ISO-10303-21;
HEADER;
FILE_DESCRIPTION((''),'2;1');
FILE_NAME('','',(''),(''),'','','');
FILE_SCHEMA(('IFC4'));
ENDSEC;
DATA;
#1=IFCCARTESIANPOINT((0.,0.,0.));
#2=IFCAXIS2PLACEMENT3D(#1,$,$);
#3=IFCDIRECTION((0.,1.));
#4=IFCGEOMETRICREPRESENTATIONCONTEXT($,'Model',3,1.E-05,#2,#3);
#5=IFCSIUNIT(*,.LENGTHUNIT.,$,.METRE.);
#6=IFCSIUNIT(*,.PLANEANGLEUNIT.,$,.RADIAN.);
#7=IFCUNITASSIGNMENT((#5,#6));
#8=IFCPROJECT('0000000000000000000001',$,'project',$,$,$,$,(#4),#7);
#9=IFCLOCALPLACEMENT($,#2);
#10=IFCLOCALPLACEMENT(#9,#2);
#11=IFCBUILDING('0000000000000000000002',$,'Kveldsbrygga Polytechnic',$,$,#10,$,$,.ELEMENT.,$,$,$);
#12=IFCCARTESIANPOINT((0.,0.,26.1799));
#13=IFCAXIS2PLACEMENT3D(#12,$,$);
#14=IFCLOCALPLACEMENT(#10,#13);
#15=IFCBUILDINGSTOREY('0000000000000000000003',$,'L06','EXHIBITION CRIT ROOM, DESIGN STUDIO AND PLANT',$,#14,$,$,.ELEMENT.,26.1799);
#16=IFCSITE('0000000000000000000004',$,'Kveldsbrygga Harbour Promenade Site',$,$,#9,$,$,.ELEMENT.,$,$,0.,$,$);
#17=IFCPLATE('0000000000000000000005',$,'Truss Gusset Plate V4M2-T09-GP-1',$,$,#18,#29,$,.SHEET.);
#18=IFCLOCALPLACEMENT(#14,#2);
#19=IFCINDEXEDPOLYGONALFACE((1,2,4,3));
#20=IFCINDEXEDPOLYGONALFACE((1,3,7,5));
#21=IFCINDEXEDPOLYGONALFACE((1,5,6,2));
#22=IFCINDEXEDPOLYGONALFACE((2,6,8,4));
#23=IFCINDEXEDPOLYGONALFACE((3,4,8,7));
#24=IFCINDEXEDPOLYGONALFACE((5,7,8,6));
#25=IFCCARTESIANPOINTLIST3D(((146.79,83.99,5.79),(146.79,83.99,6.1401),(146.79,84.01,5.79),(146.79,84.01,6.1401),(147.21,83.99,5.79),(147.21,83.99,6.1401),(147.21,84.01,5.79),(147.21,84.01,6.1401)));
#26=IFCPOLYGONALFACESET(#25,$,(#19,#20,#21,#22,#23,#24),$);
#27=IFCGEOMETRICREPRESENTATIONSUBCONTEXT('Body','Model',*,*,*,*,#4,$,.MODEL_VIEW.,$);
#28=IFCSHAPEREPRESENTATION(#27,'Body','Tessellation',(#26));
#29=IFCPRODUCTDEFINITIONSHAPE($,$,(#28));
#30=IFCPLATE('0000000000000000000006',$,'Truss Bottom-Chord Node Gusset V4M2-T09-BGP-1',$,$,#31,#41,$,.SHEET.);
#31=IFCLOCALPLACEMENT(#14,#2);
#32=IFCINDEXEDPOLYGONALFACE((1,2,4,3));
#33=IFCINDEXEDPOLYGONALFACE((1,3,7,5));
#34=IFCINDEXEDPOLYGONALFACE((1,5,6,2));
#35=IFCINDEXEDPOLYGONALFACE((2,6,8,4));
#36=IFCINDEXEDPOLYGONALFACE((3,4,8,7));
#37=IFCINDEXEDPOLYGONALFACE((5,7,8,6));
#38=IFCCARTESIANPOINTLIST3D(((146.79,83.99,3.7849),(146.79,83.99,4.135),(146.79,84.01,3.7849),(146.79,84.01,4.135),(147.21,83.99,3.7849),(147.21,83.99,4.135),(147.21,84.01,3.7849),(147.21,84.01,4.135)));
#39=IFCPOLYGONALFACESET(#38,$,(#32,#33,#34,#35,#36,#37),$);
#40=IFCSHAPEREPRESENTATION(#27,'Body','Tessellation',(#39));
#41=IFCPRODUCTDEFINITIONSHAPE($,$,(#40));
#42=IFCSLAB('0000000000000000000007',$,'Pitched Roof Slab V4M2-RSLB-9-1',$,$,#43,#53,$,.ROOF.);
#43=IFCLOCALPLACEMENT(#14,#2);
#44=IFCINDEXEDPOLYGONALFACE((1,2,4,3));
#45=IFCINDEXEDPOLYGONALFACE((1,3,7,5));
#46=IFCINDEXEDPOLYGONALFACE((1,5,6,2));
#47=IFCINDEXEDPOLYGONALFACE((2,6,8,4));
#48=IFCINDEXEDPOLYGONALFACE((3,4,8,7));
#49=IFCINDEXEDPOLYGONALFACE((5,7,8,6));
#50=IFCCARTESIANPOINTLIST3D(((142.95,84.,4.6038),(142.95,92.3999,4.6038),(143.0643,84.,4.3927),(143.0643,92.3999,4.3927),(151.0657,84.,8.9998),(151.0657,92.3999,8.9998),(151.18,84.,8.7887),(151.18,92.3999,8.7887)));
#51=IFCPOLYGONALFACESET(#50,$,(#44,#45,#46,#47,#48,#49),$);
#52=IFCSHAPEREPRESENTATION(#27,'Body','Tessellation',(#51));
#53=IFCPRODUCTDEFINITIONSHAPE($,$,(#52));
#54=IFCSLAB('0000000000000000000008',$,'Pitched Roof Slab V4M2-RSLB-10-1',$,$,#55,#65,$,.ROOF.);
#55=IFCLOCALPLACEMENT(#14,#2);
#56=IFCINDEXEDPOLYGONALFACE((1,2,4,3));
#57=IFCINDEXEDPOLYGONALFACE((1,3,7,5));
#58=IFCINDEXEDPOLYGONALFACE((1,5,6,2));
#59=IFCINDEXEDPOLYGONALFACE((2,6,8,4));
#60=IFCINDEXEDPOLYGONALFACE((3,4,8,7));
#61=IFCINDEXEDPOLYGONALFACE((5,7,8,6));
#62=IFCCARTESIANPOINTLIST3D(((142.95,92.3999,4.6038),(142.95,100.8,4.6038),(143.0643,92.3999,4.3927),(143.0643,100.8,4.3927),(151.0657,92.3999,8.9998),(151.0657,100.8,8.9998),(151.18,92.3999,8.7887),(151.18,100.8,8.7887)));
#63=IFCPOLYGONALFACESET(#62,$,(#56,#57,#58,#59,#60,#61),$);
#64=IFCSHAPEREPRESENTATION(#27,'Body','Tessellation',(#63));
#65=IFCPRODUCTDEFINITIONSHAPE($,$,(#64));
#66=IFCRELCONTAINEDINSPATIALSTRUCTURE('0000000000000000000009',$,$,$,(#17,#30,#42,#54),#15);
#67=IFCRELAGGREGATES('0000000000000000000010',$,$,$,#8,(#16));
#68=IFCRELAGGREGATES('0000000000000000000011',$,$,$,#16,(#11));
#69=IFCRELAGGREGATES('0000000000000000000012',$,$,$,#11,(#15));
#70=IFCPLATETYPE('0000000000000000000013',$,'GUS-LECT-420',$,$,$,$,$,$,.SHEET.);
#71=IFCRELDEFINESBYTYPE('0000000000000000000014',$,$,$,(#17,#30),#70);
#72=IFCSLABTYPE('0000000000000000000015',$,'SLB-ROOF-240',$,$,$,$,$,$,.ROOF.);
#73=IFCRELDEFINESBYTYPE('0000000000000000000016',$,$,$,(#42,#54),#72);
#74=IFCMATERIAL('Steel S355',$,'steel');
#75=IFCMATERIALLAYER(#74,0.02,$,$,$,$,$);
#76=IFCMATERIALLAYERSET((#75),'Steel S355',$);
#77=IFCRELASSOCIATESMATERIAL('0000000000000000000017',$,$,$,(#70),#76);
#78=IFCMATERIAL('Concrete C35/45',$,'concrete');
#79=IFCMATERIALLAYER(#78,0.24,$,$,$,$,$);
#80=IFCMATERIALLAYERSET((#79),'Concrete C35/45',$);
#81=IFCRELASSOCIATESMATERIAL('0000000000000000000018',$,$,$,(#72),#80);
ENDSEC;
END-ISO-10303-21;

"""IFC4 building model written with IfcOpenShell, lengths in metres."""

from ifc_helpers import new_model, si_unit, direction, frame, origin, origin_2d, place, context, subcontext, project, spatial, polyline, rectangle, outline, extrude, material, layer, layer_set, type_object, element, save


model = new_model("IFC4")

# Units and contexts
model_context = context("Model", 3, precision=1e-05, world=origin(), true_north=direction((0.0, 1.0)))
body_context = subcontext(model_context, "Body", "Model", "MODEL_VIEW")
ifc_project = project(units=[si_unit("LENGTHUNIT", "METRE"), si_unit("PLANEANGLEUNIT", "RADIAN")], contexts=[model_context])

# Site, building, storey
site_placement = place(None, origin())
site = spatial("IfcSite", under=ifc_project, at=site_placement, Name="Kveldsbrygga Harbour Promenade Site", CompositionType="ELEMENT", RefElevation=0.0)
building_placement = place(site_placement, origin())
building = spatial("IfcBuilding", under=site, at=building_placement, Name="Kveldsbrygga Polytechnic", CompositionType="ELEMENT")
storey_placement = place(building_placement, frame((0.0, 0.0, 26.1799)))
storey = spatial("IfcBuildingStorey", under=building, at=storey_placement, Name="L06", Description="EXHIBITION CRIT ROOM, DESIGN STUDIO AND PLANT", CompositionType="ELEMENT", Elevation=26.1799)

# Shared definitions
ifc_material_1 = material(Name="Steel S355", Category="steel")

# Plates
ifc_layer_1 = layer(ifc_material_1, 0.02)
ifc_layer_set_1 = layer_set([ifc_layer_1], Name="Steel S355")
plate_type_1 = type_object("IfcPlateType", Name="GUS-LECT-420", PredefinedType="SHEET", material=ifc_layer_set_1)
for number, where, z_axis, x_axis, name in (
    (1, (147.0, 84.0, 5.79), (0.0, 0.0, 1.0), (1.0, 0.0, 0.0), "Truss Gusset Plate V4M2-T09-GP-1"),
    (2, (147.0, 84.0, 3.7849), (0.0, 0.0, 1.0), (1.0, 0.0, 0.0), "Truss Bottom-Chord Node Gusset V4M2-T09-BGP-1"),
):
    element("IfcPlate", number, at=place(storey_placement, frame(where, z_axis=z_axis, x_axis=x_axis)), inside=storey, type_object=plate_type_1, Name=name, PredefinedType="SHEET", context=body_context, shape_type="SweptSolid", body=[
        extrude(rectangle(XDim=0.4199, YDim=0.02, at=origin_2d()), origin(), (0.0, 0.0, 1.0), 0.3501),
    ])

# Slabs
ifc_material_2 = material(Name="Concrete C35/45", Category="concrete")
ifc_layer_2 = layer(ifc_material_2, 0.24)
ifc_layer_set_2 = layer_set([ifc_layer_2], Name="Concrete C35/45")
slab_type = type_object("IfcSlabType", Name="SLB-ROOF-240", PredefinedType="ROOF", material=ifc_layer_set_2)
slab_1_placement = place(storey_placement, frame((142.95, 84.0, 4.6038), z_axis=(-0.476281, 0.0, 0.879293), x_axis=(0.879293, 0.0, 0.476281)))
element("IfcSlab", 3, at=slab_1_placement, inside=storey, type_object=slab_type, Name="Pitched Roof Slab V4M2-RSLB-9-1", PredefinedType="ROOF", context=body_context, shape_type="SweptSolid", body=[
    extrude(outline(polyline([(0.0, 0.0), (9.2298, 0.0), (9.2298, 8.3999), (0.0, 8.3999), (0.0, 0.0)])), origin(), (0.0, 0.0, -1.0), 0.24),
])
slab_2_placement = place(storey_placement, frame((142.95, 92.3999, 4.6038), z_axis=(-0.476281, 0.0, 0.879293), x_axis=(0.879293, 0.0, 0.476281)))
element("IfcSlab", 4, at=slab_2_placement, inside=storey, type_object=slab_type, Name="Pitched Roof Slab V4M2-RSLB-10-1", PredefinedType="ROOF", context=body_context, shape_type="SweptSolid", body=[
    extrude(outline(polyline([(0.0, 0.0), (9.2298, 0.0), (9.2298, 8.4001), (0.0, 8.4001), (0.0, 0.0)])), origin(), (0.0, 0.0, -1.0), 0.24),
])

save(model, "model.ifc")
